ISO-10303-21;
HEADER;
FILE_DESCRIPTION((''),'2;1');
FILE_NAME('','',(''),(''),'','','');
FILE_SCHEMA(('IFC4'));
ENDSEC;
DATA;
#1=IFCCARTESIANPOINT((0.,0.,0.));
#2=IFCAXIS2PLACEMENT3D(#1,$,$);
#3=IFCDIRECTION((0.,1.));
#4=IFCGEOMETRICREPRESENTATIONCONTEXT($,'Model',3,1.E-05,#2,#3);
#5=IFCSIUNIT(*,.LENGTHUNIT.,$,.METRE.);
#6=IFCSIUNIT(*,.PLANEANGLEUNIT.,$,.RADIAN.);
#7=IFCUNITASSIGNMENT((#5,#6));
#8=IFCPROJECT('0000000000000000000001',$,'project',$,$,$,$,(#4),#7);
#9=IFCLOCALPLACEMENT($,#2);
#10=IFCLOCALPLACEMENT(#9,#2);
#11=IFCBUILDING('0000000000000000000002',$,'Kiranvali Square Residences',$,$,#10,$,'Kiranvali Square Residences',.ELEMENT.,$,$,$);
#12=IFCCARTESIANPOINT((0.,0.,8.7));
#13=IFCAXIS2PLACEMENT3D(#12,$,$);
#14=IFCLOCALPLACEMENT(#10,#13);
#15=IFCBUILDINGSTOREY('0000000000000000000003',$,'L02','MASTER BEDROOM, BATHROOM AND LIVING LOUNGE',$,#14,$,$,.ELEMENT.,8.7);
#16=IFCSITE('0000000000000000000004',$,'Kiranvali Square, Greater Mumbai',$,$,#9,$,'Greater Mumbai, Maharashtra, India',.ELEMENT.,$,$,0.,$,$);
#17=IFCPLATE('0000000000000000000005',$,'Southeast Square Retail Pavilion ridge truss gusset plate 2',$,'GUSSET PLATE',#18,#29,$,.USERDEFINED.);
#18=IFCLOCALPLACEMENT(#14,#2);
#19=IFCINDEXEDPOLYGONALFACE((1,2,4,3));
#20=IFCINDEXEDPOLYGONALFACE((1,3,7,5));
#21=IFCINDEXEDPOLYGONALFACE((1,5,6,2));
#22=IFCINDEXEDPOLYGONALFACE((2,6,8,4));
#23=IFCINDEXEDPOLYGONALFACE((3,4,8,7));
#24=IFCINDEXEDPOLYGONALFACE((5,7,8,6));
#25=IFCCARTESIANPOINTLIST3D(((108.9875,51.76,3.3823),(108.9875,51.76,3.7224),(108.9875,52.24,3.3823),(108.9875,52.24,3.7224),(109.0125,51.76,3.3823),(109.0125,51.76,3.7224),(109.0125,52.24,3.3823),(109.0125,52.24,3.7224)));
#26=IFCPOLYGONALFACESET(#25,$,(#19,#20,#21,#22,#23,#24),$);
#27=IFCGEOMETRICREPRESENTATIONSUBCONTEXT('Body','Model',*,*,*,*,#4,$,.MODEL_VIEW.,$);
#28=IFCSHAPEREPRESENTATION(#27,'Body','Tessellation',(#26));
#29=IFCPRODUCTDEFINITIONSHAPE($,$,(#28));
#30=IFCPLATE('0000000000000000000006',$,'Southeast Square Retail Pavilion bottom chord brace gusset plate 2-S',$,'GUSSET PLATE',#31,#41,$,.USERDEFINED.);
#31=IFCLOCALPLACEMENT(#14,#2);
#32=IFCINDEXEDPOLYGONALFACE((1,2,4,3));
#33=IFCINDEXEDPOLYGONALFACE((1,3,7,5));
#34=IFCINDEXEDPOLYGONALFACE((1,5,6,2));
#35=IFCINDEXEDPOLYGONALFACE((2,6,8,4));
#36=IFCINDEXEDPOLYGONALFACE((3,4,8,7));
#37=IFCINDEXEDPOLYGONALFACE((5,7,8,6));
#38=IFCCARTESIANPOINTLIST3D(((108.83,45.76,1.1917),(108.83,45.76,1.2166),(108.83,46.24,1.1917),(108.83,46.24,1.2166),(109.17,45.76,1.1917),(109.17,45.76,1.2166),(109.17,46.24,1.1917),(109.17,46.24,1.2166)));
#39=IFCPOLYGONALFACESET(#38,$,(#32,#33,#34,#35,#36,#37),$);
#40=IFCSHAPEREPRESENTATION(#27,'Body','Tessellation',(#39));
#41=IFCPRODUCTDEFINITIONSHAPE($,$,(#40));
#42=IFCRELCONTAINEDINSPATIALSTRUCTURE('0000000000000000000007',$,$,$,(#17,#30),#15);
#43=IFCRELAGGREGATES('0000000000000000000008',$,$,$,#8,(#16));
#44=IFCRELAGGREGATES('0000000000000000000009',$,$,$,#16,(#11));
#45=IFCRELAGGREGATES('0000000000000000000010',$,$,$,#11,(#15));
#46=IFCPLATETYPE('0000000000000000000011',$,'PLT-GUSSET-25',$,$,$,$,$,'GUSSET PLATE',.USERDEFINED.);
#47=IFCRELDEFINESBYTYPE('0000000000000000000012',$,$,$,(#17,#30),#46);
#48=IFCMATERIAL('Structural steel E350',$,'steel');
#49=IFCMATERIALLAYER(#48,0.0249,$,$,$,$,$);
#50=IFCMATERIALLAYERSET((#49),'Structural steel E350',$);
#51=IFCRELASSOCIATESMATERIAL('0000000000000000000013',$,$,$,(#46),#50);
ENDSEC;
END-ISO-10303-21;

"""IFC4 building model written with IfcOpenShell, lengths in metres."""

from ifc_helpers import new_model, si_unit, direction, frame, origin, origin_2d, place, context, subcontext, project, spatial, rectangle, extrude, material, layer, layer_set, type_object, element, save


model = new_model("IFC4")

# Units and contexts
model_context = context("Model", 3, precision=1e-05, world=origin(), true_north=direction((0.0, 1.0)))
body_context = subcontext(model_context, "Body", "Model", "MODEL_VIEW")
ifc_project = project(units=[si_unit("LENGTHUNIT", "METRE"), si_unit("PLANEANGLEUNIT", "RADIAN")], contexts=[model_context])

# Site, building, storey
site_placement = place(None, origin())
site = spatial("IfcSite", under=ifc_project, at=site_placement, Name="Kiranvali Square, Greater Mumbai", LongName="Greater Mumbai, Maharashtra, India", CompositionType="ELEMENT", RefElevation=0.0)
building_placement = place(site_placement, origin())
building = spatial("IfcBuilding", under=site, at=building_placement, Name="Kiranvali Square Residences", LongName="Kiranvali Square Residences", CompositionType="ELEMENT")
storey_placement = place(building_placement, frame((0.0, 0.0, 8.7)))
storey = spatial("IfcBuildingStorey", under=building, at=storey_placement, Name="L02", Description="MASTER BEDROOM, BATHROOM AND LIVING LOUNGE", CompositionType="ELEMENT", Elevation=8.7)

# Shared definitions
ifc_material = material(Name="Structural steel E350", Category="steel")

# Plates
ifc_layer_1 = layer(ifc_material, 0.0249)
ifc_layer_set_1 = layer_set([ifc_layer_1], Name="Structural steel E350")
plate_type_1 = type_object("IfcPlateType", Name="PLT-GUSSET-25", ElementType="GUSSET PLATE", PredefinedType="USERDEFINED", material=ifc_layer_set_1)
plate_1_placement = place(storey_placement, frame((109.0, 52.0, 3.3823), z_axis=(0.0, 0.0, 1.0), x_axis=(1.0, 0.0, 0.0)))
element("IfcPlate", 1, at=plate_1_placement, inside=storey, type_object=plate_type_1, Name="Southeast Square Retail Pavilion ridge truss gusset plate 2", ObjectType="GUSSET PLATE", PredefinedType="USERDEFINED", context=body_context, shape_type="SweptSolid", body=[
    extrude(rectangle(XDim=0.0249, YDim=0.48, at=origin_2d()), origin(), (0.0, 0.0, 1.0), 0.3401),
])
plate_2_placement = place(storey_placement, frame((109.0, 46.0, 1.1917), z_axis=(0.0, 0.0, 1.0), x_axis=(1.0, 0.0, 0.0)))
element("IfcPlate", 2, at=plate_2_placement, inside=storey, type_object=plate_type_1, Name="Southeast Square Retail Pavilion bottom chord brace gusset plate 2-S", ObjectType="GUSSET PLATE", PredefinedType="USERDEFINED", context=body_context, shape_type="SweptSolid", body=[
    extrude(rectangle(XDim=0.3401, YDim=0.48, at=origin_2d()), origin(), (0.0, 0.0, 1.0), 0.0249),
])

save(model, "model.ifc")
